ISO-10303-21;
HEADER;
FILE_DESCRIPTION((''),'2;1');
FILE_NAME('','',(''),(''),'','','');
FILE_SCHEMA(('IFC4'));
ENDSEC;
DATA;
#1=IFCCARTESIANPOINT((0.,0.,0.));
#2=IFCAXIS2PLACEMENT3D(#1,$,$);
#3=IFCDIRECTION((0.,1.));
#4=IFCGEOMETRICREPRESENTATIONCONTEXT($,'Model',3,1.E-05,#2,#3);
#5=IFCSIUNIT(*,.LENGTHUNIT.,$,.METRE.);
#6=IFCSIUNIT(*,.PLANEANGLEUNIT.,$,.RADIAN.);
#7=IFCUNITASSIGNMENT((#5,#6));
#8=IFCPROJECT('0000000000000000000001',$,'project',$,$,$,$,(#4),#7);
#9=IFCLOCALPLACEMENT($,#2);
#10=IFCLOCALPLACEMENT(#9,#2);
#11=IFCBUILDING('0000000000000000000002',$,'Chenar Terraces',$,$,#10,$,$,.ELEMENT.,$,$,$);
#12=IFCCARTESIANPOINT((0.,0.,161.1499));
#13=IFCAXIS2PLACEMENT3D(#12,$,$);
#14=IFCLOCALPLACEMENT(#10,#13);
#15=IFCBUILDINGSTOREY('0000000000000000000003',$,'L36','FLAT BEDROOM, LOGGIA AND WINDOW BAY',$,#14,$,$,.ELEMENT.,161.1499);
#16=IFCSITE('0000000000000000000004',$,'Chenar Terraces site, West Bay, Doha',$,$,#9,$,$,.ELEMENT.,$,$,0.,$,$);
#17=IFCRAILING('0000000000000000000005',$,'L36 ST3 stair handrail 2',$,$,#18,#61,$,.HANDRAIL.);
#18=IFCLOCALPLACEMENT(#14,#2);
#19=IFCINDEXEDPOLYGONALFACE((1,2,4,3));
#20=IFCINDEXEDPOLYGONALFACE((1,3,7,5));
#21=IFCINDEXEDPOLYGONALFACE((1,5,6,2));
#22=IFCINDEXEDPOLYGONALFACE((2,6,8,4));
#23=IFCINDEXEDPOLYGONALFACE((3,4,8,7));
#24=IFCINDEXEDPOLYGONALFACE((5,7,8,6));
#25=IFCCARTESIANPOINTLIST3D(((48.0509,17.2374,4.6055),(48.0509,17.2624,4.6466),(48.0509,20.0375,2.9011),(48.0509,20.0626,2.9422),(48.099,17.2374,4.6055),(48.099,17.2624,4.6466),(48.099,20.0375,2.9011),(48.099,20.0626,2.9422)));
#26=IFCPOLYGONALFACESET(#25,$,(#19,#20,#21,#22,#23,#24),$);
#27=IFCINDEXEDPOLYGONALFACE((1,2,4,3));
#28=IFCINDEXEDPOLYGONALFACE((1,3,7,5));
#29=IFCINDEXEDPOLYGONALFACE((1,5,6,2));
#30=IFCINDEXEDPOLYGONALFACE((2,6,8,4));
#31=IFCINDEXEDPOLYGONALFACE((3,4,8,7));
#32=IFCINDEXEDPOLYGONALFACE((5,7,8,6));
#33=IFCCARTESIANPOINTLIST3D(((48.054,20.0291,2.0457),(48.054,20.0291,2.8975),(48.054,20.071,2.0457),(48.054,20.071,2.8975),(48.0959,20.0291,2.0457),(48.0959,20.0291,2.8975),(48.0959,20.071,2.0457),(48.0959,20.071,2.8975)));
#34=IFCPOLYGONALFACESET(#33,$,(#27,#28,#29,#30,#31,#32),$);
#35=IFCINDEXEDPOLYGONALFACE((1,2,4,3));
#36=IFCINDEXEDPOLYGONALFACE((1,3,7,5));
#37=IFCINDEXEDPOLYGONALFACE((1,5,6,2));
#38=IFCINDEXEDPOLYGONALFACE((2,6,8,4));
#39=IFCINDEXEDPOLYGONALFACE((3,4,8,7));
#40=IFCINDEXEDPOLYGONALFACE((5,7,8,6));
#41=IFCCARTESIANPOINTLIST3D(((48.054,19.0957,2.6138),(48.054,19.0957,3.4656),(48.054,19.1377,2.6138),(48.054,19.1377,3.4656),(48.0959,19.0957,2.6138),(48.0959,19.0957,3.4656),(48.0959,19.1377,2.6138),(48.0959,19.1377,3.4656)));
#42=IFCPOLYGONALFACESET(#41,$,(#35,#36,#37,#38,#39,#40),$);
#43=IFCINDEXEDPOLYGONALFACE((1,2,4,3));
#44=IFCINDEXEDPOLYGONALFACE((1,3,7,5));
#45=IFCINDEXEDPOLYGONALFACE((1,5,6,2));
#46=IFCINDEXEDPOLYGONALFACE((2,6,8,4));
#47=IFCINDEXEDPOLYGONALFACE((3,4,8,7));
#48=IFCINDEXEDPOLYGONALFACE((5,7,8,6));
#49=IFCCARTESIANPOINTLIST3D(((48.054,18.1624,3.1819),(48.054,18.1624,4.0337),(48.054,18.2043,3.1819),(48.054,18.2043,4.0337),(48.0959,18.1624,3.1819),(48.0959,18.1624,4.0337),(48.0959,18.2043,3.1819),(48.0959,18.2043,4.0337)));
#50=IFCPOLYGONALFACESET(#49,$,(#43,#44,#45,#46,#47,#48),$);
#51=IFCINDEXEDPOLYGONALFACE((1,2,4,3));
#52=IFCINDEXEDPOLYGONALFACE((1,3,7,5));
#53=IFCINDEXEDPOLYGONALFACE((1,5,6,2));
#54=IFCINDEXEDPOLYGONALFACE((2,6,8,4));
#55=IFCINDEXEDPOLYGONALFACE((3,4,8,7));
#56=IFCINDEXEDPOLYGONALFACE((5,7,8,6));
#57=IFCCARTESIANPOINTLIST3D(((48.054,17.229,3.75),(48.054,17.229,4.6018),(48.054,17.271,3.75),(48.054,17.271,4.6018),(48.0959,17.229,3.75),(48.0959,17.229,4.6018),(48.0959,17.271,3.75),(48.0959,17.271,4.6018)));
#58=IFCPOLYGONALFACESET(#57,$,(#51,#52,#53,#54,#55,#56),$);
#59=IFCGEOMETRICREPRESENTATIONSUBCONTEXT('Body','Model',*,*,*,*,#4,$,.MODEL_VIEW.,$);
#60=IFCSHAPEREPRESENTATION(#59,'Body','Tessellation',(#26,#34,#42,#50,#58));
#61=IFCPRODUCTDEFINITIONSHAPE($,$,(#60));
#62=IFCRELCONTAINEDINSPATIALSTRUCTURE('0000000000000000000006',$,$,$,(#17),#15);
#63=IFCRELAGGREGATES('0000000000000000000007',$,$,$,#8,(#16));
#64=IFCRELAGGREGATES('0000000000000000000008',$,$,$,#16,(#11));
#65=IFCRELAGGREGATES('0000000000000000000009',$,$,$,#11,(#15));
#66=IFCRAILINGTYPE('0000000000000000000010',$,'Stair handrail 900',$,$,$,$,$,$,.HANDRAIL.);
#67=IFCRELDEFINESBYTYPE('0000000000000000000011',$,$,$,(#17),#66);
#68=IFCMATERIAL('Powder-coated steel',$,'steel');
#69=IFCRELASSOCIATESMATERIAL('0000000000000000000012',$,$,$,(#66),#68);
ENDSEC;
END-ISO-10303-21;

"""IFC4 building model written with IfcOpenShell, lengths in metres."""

from ifc_helpers import new_model, si_unit, direction, frame, origin, origin_2d, place, context, subcontext, project, spatial, rectangle, extrude, material, type_object, element, save


model = new_model("IFC4")

# Units and contexts
model_context = context("Model", 3, precision=1e-05, world=origin(), true_north=direction((0.0, 1.0)))
body_context = subcontext(model_context, "Body", "Model", "MODEL_VIEW")
ifc_project = project(units=[si_unit("LENGTHUNIT", "METRE"), si_unit("PLANEANGLEUNIT", "RADIAN")], contexts=[model_context])

# Site, building, storey
site_placement = place(None, origin())
site = spatial("IfcSite", under=ifc_project, at=site_placement, Name="Chenar Terraces site, West Bay, Doha", CompositionType="ELEMENT", RefElevation=0.0)
building_placement = place(site_placement, origin())
building = spatial("IfcBuilding", under=site, at=building_placement, Name="Chenar Terraces", CompositionType="ELEMENT")
storey_placement = place(building_placement, frame((0.0, 0.0, 161.1499)))
storey = spatial("IfcBuildingStorey", under=building, at=storey_placement, Name="L36", Description="FLAT BEDROOM, LOGGIA AND WINDOW BAY", CompositionType="ELEMENT", Elevation=161.1499)

# Railing
ifc_material_1 = material(Name="Powder-coated steel", Category="steel")
railing_type_1 = type_object("IfcRailingType", Name="Stair handrail 900", PredefinedType="HANDRAIL", material=ifc_material_1)
railing_1_placement = place(storey_placement, frame((48.075, 20.05, 2.0457)))
element("IfcRailing", 1, at=railing_1_placement, inside=storey, type_object=railing_type_1, Name="L36 ST3 stair handrail 2", PredefinedType="HANDRAIL", context=body_context, shape_type="SweptSolid", body=[
    extrude(rectangle(XDim=0.0481, YDim=0.0481, at=origin_2d()), frame((0.0, 0.0, 0.876), z_axis=(0.0, -0.854203, 0.51994), x_axis=(1.0, 0.0, 0.0)), (0.0, 0.0, 1.0), 3.2781),
    extrude(rectangle(XDim=0.042, YDim=0.042, at=origin_2d()), origin(), (0.0, 0.0, 1.0), 0.8518),
    extrude(rectangle(XDim=0.042, YDim=0.042, at=origin_2d()), frame((0.0, -0.9333, 0.5681)), (0.0, 0.0, 1.0), 0.8518),
    extrude(rectangle(XDim=0.042, YDim=0.042, at=origin_2d()), frame((0.0, -1.8667, 1.1362)), (0.0, 0.0, 1.0), 0.8518),
    extrude(rectangle(XDim=0.042, YDim=0.042, at=origin_2d()), frame((0.0, -2.8, 1.7043)), (0.0, 0.0, 1.0), 0.8518),
])

save(model, "model.ifc")
